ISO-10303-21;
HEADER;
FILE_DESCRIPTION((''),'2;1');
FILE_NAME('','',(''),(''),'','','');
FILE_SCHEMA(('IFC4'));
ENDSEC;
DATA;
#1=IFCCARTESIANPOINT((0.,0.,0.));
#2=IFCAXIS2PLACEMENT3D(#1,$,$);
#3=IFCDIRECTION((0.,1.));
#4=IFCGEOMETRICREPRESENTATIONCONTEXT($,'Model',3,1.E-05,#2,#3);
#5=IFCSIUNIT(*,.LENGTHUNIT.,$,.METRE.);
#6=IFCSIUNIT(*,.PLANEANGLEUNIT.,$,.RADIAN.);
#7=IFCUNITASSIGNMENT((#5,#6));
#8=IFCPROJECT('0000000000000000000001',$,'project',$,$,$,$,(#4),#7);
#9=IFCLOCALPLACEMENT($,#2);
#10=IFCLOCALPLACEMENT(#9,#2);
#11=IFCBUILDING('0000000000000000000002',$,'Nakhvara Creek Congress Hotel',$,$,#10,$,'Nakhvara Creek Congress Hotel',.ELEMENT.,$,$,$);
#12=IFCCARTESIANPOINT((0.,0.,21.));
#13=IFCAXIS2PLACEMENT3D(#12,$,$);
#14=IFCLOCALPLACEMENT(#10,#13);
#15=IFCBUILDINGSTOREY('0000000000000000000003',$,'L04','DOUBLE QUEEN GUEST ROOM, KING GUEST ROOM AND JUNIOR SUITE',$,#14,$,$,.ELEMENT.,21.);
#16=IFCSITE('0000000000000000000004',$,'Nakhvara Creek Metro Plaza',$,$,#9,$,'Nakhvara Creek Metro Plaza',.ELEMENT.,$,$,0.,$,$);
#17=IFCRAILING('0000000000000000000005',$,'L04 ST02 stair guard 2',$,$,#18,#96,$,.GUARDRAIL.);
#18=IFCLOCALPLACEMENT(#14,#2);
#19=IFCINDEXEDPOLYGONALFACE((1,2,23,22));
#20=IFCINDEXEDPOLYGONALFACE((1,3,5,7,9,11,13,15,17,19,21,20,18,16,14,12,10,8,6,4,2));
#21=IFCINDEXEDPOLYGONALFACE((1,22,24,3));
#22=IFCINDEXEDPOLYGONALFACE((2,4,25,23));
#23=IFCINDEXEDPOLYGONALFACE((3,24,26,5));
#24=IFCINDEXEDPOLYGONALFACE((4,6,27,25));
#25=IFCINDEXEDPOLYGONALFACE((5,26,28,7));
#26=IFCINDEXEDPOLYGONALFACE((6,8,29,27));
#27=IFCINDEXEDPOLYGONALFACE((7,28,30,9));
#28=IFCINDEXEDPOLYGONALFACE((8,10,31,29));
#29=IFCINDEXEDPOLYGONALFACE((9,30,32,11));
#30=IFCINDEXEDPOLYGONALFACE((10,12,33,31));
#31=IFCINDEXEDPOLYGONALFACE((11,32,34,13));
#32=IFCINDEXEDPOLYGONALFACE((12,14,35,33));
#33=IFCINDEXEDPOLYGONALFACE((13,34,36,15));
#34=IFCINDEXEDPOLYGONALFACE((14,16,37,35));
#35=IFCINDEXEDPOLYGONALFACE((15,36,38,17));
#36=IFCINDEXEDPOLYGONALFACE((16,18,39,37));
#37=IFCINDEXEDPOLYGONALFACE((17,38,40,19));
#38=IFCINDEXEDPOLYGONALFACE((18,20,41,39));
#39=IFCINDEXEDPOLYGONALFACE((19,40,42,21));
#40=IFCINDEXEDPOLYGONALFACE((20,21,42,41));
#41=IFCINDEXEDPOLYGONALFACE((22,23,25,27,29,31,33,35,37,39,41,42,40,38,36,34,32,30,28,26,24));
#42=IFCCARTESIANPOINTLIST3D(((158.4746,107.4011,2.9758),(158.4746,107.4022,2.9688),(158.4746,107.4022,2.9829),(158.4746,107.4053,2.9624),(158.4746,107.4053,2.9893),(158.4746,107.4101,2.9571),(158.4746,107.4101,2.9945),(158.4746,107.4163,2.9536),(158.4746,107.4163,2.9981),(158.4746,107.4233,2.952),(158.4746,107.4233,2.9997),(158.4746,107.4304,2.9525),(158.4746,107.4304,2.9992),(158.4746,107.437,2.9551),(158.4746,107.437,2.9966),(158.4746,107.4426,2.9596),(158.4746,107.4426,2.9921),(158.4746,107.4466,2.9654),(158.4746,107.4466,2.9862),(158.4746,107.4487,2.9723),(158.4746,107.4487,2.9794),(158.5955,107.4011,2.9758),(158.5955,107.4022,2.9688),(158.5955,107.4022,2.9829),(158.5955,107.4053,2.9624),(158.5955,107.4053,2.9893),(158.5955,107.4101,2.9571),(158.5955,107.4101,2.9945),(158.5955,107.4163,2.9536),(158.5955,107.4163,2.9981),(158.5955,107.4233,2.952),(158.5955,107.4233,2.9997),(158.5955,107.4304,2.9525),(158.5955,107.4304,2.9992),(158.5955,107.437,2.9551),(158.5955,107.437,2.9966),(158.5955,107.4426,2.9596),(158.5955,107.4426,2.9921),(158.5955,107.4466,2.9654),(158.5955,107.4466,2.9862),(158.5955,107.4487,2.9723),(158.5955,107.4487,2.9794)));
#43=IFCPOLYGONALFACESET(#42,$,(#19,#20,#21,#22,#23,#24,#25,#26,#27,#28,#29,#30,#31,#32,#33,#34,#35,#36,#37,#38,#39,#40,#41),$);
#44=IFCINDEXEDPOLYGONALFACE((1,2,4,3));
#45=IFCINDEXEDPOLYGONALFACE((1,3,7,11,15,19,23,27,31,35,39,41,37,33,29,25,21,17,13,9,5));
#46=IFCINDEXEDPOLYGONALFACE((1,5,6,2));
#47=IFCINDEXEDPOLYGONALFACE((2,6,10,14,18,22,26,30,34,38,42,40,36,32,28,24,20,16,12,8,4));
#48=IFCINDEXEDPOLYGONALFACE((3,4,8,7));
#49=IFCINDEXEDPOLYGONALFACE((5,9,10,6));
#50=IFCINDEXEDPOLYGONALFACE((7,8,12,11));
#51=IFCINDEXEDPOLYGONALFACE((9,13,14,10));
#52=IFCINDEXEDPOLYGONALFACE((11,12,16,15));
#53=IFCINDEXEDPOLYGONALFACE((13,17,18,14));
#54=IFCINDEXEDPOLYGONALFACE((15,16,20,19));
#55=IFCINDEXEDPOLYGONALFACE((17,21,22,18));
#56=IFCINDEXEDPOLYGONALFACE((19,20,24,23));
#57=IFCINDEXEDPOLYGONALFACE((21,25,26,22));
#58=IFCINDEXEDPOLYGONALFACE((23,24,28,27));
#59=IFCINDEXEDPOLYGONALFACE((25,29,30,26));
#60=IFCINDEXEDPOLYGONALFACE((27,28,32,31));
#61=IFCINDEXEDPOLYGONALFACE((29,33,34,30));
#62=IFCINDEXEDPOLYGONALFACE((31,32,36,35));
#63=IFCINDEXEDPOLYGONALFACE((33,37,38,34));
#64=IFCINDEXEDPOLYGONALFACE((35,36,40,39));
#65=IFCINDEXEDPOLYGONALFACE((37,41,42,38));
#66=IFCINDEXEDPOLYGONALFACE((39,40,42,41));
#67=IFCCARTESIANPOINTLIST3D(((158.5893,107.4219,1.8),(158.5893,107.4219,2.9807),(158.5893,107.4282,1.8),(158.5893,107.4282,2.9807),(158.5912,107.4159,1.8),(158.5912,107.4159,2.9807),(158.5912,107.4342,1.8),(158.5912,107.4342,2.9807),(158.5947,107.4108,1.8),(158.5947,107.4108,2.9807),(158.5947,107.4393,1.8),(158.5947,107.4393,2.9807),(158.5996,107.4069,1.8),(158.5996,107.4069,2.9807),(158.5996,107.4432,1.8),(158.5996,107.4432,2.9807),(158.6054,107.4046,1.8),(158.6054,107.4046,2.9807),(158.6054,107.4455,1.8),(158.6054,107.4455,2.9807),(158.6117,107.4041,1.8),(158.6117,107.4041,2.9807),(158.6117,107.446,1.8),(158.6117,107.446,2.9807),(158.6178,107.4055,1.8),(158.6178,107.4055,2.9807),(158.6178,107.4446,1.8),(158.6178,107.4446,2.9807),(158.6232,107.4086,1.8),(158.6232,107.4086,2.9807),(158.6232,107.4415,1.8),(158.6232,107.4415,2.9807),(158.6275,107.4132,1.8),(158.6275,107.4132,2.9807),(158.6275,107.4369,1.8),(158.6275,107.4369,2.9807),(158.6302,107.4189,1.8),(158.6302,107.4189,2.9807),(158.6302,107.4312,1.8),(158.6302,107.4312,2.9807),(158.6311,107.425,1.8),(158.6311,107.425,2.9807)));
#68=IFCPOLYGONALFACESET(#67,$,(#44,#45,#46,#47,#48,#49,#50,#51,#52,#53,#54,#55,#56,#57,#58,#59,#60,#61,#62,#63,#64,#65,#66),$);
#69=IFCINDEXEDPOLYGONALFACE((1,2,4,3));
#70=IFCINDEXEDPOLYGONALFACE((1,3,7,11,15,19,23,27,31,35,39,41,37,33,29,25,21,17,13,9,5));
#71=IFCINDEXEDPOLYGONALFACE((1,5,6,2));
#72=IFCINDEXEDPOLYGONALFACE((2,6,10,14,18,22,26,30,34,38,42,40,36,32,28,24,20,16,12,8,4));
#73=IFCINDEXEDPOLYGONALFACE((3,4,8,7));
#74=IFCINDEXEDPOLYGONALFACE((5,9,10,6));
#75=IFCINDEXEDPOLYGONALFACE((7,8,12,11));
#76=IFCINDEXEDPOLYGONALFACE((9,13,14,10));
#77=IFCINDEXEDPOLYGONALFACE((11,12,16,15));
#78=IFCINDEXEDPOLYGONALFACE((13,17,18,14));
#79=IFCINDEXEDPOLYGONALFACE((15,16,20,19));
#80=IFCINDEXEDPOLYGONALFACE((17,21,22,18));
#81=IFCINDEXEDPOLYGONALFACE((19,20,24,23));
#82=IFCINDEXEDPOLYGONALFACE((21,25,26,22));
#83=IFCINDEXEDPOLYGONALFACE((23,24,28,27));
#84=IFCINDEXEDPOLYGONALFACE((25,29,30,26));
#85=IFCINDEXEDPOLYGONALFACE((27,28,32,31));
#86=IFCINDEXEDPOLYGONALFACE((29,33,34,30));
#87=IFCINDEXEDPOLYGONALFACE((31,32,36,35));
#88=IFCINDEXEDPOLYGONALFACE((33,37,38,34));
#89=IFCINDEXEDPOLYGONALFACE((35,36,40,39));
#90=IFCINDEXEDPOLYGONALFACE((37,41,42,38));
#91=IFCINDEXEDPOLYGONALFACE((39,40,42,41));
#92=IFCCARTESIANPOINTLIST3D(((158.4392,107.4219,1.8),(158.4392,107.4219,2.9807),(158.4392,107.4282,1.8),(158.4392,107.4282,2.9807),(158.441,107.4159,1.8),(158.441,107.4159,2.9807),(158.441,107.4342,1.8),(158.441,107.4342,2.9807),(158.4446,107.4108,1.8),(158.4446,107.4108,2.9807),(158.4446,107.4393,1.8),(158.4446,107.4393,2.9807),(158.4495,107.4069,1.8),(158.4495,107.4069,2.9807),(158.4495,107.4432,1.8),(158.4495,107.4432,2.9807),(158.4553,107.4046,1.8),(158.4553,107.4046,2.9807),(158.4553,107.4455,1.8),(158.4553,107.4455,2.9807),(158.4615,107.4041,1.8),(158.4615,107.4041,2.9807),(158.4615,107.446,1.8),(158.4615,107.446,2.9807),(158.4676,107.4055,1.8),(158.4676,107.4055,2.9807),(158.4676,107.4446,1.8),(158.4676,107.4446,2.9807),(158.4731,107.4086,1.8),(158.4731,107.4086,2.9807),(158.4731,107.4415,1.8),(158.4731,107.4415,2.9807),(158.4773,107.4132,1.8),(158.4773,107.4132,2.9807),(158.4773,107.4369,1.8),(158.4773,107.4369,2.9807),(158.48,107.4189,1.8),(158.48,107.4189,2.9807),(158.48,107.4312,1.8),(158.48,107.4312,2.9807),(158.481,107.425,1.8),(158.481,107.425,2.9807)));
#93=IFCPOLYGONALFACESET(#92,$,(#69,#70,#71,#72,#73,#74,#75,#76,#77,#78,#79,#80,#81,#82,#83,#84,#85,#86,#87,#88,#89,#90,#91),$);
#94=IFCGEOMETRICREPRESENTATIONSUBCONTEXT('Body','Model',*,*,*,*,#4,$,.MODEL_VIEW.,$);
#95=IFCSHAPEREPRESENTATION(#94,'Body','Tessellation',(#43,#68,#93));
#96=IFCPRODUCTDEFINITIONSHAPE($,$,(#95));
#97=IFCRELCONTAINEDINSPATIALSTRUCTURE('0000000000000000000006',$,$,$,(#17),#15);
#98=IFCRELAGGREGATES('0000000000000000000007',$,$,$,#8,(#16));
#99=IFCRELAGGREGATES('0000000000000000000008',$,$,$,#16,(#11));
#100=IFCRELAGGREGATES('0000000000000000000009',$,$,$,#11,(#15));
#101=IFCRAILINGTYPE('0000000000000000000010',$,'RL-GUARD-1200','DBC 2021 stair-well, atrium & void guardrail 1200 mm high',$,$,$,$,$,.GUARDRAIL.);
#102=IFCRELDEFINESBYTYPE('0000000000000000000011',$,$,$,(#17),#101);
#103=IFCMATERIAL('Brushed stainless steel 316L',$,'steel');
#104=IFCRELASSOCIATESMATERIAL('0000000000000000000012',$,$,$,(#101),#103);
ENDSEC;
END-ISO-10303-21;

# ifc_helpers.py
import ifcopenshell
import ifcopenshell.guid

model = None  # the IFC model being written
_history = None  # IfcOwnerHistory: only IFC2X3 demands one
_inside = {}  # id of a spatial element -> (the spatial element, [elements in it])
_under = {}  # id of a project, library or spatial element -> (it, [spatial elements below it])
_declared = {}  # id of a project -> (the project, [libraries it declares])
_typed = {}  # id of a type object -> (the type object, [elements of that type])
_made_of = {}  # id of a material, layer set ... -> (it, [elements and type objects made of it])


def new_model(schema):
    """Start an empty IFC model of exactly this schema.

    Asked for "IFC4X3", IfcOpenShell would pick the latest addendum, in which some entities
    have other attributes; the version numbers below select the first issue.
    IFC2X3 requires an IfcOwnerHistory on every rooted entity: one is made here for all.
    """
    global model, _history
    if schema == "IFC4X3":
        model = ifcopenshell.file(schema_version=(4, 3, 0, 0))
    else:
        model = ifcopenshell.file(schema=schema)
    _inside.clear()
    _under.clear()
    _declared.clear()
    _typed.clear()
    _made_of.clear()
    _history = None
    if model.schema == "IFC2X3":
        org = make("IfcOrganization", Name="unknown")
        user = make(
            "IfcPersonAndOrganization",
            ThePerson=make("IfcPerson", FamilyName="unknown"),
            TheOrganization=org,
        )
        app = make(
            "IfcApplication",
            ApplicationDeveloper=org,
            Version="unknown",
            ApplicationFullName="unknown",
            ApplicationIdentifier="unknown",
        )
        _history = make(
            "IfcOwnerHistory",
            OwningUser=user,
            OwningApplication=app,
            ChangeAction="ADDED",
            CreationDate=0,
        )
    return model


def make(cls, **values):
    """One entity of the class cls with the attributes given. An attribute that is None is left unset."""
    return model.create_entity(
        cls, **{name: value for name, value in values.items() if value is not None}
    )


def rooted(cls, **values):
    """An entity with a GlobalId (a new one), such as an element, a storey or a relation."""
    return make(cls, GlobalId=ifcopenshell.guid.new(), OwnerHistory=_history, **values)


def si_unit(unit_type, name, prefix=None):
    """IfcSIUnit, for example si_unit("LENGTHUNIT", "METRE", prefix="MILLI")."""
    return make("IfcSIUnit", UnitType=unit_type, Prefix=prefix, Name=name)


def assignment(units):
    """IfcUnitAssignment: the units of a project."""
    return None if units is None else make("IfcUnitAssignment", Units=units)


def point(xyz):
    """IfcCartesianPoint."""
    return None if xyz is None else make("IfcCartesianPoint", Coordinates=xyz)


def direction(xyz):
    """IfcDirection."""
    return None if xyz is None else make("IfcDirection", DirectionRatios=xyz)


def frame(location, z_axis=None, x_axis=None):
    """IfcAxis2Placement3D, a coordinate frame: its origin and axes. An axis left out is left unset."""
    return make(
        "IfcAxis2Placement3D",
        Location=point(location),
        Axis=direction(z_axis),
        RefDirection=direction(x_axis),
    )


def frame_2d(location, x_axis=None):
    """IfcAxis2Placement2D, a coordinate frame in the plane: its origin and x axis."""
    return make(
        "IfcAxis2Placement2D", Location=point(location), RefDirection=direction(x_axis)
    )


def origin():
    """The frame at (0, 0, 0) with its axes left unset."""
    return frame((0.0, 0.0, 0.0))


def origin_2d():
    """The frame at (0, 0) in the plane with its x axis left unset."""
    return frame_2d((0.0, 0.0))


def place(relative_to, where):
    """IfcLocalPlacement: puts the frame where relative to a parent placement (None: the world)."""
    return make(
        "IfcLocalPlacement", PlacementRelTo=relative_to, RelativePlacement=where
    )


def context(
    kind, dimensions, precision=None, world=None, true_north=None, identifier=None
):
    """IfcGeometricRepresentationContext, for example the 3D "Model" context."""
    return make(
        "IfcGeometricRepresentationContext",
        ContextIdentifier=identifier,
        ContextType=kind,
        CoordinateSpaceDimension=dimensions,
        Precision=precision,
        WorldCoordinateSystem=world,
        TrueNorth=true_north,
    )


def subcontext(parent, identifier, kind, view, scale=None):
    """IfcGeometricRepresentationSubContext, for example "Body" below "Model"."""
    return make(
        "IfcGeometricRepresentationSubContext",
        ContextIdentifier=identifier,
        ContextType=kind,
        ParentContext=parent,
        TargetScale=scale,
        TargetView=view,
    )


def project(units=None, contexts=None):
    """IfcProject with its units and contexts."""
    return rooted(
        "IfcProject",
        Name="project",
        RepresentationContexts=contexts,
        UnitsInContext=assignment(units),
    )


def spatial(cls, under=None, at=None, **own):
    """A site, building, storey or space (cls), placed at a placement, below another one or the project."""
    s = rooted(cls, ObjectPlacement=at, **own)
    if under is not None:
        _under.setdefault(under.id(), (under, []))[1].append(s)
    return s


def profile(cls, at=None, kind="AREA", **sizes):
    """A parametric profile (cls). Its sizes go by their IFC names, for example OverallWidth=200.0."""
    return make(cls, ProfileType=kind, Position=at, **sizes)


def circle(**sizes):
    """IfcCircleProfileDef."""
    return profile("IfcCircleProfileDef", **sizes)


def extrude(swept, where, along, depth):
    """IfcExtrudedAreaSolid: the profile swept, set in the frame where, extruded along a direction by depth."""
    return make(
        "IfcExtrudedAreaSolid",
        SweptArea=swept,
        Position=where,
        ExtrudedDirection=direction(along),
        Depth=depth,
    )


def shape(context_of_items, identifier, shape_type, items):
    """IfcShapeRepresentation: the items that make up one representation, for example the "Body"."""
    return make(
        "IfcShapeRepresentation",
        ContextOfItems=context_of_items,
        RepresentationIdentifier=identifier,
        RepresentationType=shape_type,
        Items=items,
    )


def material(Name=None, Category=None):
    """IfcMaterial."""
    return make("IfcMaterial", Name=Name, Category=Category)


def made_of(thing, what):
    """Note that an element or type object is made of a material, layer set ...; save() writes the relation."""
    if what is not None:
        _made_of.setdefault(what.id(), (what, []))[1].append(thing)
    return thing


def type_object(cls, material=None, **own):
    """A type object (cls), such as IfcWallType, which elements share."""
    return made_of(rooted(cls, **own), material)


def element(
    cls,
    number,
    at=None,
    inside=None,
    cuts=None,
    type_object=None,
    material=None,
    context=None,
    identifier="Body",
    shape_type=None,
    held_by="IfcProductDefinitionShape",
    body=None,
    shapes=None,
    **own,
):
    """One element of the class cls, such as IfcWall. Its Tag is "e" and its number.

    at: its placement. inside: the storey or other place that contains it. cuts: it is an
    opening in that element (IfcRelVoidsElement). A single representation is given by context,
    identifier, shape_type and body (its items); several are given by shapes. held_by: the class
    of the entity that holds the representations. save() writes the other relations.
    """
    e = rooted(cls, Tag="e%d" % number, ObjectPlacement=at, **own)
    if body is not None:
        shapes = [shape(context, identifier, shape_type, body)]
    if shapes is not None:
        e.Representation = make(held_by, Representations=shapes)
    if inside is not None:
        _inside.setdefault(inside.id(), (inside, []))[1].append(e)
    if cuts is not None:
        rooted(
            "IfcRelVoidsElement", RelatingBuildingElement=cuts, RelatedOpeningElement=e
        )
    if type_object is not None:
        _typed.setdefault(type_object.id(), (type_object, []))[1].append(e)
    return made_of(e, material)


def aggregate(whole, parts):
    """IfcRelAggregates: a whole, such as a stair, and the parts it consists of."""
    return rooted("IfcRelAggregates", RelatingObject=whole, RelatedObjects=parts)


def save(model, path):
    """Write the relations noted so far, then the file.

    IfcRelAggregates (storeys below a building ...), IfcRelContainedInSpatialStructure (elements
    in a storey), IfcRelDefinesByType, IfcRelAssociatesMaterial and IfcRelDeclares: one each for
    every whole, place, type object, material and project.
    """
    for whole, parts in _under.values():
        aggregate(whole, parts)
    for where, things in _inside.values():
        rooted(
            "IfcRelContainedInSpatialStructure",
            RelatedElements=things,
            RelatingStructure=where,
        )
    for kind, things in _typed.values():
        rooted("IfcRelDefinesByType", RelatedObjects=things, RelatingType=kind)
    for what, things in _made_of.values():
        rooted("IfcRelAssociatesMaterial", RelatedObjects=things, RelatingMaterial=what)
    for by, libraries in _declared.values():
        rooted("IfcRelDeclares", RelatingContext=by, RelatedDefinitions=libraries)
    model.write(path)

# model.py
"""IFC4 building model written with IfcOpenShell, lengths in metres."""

from ifc_helpers import new_model, si_unit, direction, frame, origin, origin_2d, place, context, subcontext, project, spatial, circle, extrude, material, type_object, element, save


model = new_model("IFC4")

# Units and contexts
model_context = context("Model", 3, precision=1e-05, world=origin(), true_north=direction((0.0, 1.0)))
body_context = subcontext(model_context, "Body", "Model", "MODEL_VIEW")
ifc_project = project(units=[si_unit("LENGTHUNIT", "METRE"), si_unit("PLANEANGLEUNIT", "RADIAN")], contexts=[model_context])

# Site, building, storey
site_placement = place(None, origin())
site = spatial("IfcSite", under=ifc_project, at=site_placement, Name="Nakhvara Creek Metro Plaza", LongName="Nakhvara Creek Metro Plaza", CompositionType="ELEMENT", RefElevation=0.0)
building_placement = place(site_placement, origin())
building = spatial("IfcBuilding", under=site, at=building_placement, Name="Nakhvara Creek Congress Hotel", LongName="Nakhvara Creek Congress Hotel", CompositionType="ELEMENT")
storey_placement = place(building_placement, frame((0.0, 0.0, 21.0)))
storey = spatial("IfcBuildingStorey", under=building, at=storey_placement, Name="L04", Description="DOUBLE QUEEN GUEST ROOM, KING GUEST ROOM AND JUNIOR SUITE", CompositionType="ELEMENT", Elevation=21.0)

# Railing
ifc_material_1 = material(Name="Brushed stainless steel 316L", Category="steel")
railing_type_1 = type_object("IfcRailingType", Name="RL-GUARD-1200", Description="DBC 2021 stair-well, atrium & void guardrail 1200 mm high", PredefinedType="GUARDRAIL", material=ifc_material_1)
railing_1_placement = place(storey_placement, frame((158.6101, 107.425, 1.8)))
element("IfcRailing", 1, at=railing_1_placement, inside=storey, type_object=railing_type_1, Name="L04 ST02 stair guard 2", PredefinedType="GUARDRAIL", context=body_context, shape_type="SweptSolid", body=[
    extrude(circle(Radius=0.0239, at=origin_2d()), frame((-0.0146, 0.0, 1.1758), z_axis=(-1.0, 0.0, 0.0), x_axis=(0.0, -1.0, 0.0)), (0.0, 0.0, 1.0), 0.1208),
    extrude(circle(Radius=0.021, at=origin_2d()), origin(), (0.0, 0.0, 1.0), 1.1807),
    extrude(circle(Radius=0.021, at=origin_2d()), frame((-0.1501, 0.0, 0.0)), (0.0, 0.0, 1.0), 1.1807),
])

save(model, "model.ifc")
